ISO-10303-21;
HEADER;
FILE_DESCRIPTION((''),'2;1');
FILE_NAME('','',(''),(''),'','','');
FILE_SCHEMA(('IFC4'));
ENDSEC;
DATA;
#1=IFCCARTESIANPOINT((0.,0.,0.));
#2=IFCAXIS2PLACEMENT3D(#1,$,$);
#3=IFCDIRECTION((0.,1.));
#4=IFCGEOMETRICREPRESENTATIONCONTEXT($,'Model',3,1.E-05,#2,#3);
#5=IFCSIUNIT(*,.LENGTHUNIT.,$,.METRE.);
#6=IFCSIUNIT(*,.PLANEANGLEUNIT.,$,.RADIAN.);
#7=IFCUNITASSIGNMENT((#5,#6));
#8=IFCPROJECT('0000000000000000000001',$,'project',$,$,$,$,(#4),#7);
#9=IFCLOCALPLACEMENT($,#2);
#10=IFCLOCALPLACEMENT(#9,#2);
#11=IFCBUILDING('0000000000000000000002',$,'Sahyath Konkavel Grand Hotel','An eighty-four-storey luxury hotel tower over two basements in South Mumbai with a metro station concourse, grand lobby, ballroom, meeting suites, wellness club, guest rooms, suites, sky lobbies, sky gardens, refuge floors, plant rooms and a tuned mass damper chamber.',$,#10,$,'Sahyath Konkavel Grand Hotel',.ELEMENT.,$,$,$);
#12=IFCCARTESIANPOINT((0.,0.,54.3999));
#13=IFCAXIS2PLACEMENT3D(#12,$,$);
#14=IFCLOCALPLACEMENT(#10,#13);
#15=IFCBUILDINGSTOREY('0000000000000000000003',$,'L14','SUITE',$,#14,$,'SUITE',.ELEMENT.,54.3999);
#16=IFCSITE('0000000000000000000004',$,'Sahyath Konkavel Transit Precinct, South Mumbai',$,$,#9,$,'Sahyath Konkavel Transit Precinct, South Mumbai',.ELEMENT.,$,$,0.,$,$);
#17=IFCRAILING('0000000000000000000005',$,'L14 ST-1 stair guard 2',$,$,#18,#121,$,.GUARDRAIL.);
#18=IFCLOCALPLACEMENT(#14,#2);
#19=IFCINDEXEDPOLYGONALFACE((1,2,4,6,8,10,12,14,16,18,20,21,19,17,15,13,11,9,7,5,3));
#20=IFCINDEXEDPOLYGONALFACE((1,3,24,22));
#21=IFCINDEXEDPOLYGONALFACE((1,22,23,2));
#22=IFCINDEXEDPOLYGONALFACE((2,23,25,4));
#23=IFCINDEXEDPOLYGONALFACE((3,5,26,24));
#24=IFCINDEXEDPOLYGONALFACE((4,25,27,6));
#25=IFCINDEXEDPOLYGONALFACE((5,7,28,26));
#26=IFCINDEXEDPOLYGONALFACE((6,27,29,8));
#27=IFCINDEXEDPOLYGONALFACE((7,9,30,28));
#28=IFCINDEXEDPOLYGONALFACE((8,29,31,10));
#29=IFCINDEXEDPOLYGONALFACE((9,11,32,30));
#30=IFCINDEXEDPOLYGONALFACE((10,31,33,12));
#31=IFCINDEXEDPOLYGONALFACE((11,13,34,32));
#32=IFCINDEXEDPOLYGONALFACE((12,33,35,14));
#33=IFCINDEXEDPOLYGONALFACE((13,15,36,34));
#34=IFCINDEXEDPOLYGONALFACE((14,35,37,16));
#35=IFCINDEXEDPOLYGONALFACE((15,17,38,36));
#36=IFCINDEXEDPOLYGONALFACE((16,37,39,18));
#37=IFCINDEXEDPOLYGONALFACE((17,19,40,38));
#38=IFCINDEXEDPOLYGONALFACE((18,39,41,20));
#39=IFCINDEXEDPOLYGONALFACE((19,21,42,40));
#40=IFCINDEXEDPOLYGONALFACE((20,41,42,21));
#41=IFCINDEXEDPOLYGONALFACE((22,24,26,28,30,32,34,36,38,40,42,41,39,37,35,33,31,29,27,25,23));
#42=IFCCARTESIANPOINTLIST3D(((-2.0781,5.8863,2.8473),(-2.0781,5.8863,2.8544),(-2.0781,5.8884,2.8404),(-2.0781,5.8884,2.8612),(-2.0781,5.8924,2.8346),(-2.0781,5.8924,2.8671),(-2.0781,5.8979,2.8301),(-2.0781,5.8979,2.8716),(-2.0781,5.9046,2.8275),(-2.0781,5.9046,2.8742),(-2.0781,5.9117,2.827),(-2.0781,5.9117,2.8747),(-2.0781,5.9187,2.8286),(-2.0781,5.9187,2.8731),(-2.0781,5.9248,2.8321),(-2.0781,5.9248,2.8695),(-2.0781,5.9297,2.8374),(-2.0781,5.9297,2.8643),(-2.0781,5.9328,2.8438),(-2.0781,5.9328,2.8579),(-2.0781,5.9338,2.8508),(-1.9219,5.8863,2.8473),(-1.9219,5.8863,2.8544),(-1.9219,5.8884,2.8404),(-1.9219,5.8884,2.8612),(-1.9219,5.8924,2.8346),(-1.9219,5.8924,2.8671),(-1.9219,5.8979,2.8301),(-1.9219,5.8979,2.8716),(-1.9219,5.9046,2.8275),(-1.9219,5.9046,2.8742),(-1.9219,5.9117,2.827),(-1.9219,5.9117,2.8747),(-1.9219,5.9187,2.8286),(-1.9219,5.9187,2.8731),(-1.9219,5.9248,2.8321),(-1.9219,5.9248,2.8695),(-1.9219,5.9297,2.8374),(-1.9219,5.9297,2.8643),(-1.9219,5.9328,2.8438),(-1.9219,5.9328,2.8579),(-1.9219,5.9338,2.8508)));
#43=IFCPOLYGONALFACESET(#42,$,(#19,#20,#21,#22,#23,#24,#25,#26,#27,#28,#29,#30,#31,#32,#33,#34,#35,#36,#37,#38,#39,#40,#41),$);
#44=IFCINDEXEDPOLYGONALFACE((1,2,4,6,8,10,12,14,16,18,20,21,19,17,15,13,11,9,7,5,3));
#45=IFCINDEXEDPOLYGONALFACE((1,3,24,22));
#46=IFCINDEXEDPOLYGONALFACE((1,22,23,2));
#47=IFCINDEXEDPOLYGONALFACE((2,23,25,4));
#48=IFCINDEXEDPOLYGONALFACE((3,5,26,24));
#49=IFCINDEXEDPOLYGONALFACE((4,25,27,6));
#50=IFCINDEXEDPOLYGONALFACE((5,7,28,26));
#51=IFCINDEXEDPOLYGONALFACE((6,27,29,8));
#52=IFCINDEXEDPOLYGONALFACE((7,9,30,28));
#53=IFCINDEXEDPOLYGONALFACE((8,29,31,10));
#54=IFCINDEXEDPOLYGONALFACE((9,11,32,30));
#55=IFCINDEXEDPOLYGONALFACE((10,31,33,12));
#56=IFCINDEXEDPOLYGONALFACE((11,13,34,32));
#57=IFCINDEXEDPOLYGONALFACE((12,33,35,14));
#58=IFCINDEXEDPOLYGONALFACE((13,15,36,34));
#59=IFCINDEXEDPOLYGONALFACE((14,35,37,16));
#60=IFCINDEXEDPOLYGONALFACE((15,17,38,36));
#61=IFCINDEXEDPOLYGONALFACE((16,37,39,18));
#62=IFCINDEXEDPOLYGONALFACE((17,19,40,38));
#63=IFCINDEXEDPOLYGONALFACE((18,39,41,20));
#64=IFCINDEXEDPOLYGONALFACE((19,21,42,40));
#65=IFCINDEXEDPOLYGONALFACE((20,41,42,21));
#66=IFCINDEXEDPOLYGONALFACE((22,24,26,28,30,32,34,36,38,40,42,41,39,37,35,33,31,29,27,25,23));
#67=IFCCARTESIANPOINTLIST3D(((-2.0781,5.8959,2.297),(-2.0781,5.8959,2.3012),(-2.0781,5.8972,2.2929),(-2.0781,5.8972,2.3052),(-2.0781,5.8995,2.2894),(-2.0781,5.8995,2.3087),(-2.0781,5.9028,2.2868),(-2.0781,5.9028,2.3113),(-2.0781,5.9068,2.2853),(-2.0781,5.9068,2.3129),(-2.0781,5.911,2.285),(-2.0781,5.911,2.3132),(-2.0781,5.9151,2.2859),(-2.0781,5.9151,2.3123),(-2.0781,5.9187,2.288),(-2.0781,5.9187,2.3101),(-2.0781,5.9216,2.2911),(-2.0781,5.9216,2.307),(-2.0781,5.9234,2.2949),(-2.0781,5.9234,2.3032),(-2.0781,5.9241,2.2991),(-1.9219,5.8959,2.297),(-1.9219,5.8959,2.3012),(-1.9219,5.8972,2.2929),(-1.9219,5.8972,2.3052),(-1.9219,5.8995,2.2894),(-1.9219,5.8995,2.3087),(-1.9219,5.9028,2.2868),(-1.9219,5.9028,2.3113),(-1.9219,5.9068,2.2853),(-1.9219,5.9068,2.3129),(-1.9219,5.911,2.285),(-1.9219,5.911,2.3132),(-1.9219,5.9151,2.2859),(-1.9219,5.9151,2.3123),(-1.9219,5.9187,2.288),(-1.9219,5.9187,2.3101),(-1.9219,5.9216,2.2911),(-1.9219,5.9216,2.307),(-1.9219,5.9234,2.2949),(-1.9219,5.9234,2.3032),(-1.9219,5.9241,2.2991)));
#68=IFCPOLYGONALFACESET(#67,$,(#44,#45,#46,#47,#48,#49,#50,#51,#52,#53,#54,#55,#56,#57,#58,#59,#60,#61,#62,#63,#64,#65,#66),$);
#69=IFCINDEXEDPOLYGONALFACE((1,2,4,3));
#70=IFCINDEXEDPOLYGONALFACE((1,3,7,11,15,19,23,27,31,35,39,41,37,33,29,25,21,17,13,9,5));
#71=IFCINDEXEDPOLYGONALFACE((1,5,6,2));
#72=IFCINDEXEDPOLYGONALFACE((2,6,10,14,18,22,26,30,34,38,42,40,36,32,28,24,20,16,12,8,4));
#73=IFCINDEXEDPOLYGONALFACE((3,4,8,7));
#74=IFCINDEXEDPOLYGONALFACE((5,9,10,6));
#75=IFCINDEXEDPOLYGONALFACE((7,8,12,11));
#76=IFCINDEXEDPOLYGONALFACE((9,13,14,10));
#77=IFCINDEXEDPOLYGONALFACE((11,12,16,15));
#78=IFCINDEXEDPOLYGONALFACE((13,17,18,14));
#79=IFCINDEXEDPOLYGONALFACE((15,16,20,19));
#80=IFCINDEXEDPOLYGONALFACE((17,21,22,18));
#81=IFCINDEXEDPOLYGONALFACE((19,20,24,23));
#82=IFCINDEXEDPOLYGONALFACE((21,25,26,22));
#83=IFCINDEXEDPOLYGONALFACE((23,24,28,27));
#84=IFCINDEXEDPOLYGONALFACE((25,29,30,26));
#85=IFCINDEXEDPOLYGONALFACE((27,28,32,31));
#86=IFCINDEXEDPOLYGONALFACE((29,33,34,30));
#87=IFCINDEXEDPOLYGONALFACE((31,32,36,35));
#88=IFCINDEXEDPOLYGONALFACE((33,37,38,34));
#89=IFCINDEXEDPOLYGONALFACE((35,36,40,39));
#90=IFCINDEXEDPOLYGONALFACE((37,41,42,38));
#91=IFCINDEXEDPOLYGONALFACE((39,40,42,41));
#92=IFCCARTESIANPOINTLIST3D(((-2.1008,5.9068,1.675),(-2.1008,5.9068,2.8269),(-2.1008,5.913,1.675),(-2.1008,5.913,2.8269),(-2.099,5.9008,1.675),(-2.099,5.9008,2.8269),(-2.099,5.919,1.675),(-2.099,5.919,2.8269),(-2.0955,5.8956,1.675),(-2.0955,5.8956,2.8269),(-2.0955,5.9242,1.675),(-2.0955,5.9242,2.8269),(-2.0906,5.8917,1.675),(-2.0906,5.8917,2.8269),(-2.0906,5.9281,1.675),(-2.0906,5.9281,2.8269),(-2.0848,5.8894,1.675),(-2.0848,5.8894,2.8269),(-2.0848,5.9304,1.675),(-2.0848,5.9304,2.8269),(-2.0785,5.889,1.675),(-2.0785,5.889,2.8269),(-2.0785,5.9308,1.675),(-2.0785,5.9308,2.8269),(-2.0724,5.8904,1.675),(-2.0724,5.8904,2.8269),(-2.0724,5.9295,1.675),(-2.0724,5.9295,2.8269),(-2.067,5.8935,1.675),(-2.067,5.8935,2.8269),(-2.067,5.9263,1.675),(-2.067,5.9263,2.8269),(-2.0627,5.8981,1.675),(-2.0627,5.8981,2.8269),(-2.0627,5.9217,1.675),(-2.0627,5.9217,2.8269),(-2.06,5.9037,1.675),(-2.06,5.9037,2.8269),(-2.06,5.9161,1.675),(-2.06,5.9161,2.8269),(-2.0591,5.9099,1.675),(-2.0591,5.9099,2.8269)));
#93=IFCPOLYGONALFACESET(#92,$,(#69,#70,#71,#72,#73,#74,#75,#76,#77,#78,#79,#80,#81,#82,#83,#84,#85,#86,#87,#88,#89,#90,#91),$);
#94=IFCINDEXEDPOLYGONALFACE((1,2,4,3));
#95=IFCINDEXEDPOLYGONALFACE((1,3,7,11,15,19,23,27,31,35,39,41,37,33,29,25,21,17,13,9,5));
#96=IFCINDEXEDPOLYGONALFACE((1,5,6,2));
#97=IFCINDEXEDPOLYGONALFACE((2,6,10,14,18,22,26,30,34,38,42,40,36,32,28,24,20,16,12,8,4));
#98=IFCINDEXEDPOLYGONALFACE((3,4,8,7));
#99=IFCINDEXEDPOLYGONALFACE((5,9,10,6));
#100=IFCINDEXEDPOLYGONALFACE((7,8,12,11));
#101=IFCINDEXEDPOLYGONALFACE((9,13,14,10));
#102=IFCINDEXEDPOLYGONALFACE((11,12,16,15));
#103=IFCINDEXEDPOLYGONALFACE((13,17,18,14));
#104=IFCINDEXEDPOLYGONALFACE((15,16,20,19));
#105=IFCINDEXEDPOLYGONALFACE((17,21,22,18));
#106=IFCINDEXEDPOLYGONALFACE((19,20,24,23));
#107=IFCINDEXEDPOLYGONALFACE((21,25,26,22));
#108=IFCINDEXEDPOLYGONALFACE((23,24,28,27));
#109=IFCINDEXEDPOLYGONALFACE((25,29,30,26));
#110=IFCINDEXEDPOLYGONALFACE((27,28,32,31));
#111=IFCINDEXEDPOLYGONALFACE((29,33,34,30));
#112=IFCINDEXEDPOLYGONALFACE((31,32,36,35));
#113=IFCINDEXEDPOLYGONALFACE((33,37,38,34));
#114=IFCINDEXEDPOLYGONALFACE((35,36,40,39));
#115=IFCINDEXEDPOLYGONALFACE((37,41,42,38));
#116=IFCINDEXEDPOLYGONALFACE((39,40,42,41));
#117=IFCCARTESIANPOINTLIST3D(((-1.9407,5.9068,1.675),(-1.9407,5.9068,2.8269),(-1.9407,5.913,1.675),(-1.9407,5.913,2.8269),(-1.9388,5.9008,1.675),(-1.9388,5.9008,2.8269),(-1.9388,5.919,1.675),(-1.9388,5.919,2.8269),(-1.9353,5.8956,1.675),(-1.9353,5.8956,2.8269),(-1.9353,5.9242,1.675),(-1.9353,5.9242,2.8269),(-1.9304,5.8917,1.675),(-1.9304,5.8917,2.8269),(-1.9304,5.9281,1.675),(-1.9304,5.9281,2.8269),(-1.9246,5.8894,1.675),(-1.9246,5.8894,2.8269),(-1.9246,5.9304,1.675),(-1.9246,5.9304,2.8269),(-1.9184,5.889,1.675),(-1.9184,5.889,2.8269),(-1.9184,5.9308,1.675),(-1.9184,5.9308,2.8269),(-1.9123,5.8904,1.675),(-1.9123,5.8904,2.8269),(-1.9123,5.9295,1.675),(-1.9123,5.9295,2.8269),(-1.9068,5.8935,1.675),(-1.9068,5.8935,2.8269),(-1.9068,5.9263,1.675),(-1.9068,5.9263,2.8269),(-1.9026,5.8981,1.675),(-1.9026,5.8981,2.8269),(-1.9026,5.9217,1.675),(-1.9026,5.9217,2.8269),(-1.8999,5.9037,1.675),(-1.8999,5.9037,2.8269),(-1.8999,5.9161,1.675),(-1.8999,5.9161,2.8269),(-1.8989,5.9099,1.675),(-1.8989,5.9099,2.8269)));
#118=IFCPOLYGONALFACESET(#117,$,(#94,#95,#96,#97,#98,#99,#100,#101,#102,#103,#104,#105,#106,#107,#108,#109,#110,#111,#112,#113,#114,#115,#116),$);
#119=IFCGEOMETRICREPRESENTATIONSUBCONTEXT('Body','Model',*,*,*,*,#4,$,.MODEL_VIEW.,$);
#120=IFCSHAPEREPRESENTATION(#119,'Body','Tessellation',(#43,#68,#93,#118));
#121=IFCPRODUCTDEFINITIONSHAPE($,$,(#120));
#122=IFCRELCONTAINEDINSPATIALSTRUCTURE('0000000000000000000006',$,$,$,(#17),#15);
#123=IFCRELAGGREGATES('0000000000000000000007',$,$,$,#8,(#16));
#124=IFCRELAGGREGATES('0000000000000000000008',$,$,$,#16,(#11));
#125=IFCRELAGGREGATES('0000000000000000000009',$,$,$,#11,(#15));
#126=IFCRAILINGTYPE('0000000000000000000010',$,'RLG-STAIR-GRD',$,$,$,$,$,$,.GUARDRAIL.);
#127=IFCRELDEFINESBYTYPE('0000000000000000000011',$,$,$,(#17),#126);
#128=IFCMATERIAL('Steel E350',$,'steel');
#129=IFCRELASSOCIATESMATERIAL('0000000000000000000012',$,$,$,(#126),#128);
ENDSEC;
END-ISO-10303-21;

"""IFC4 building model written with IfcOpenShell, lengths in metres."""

from ifc_helpers import new_model, si_unit, direction, frame, origin, origin_2d, place, context, subcontext, project, spatial, circle, extrude, material, type_object, element, save


model = new_model("IFC4")

# Units and contexts
model_context = context("Model", 3, precision=1e-05, world=origin(), true_north=direction((0.0, 1.0)))
body_context = subcontext(model_context, "Body", "Model", "MODEL_VIEW")
ifc_project = project(units=[si_unit("LENGTHUNIT", "METRE"), si_unit("PLANEANGLEUNIT", "RADIAN")], contexts=[model_context])

# Site, building, storey
site_placement = place(None, origin())
site = spatial("IfcSite", under=ifc_project, at=site_placement, Name="Sahyath Konkavel Transit Precinct, South Mumbai", LongName="Sahyath Konkavel Transit Precinct, South Mumbai", CompositionType="ELEMENT", RefElevation=0.0)
building_placement = place(site_placement, origin())
building = spatial("IfcBuilding", under=site, at=building_placement, Name="Sahyath Konkavel Grand Hotel", Description="An eighty-four-storey luxury hotel tower over two basements in South Mumbai with a metro station concourse, grand lobby, ballroom, meeting suites, wellness club, guest rooms, suites, sky lobbies, sky gardens, refuge floors, plant rooms and a tuned mass damper chamber.", LongName="Sahyath Konkavel Grand Hotel", CompositionType="ELEMENT")
storey_placement = place(building_placement, frame((0.0, 0.0, 54.3999)))
storey = spatial("IfcBuildingStorey", under=building, at=storey_placement, Name="L14", Description="SUITE", LongName="SUITE", CompositionType="ELEMENT", Elevation=54.3999)

# Shared definitions
ifc_material_1 = material(Name="Steel E350", Category="steel")

# Railing
railing_type_1 = type_object("IfcRailingType", Name="RLG-STAIR-GRD", PredefinedType="GUARDRAIL", material=ifc_material_1)
railing_1_placement = place(storey_placement, frame((-2.0801, 5.9099, 1.675)))
element("IfcRailing", 1, at=railing_1_placement, inside=storey, type_object=railing_type_1, Name="L14 ST-1 stair guard 2", PredefinedType="GUARDRAIL", context=body_context, shape_type="SweptSolid", body=[
    extrude(circle(Radius=0.0239, at=origin_2d()), frame((0.002, 0.0, 1.1758), z_axis=(1.0, 0.0, 0.0), x_axis=(0.0, 1.0, 0.0)), (0.0, 0.0, 1.0), 0.1562),
    extrude(circle(Radius=0.0142, at=origin_2d()), frame((0.002, 0.0, 0.624), z_axis=(1.0, 0.0, 0.0), x_axis=(0.0, 1.0, 0.0)), (0.0, 0.0, 1.0), 0.1562),
    extrude(circle(Radius=0.021, at=origin_2d()), origin(), (0.0, 0.0, 1.0), 1.1519),
    extrude(circle(Radius=0.021, at=origin_2d()), frame((0.1602, 0.0, 0.0)), (0.0, 0.0, 1.0), 1.1519),
])

save(model, "model.ifc")
